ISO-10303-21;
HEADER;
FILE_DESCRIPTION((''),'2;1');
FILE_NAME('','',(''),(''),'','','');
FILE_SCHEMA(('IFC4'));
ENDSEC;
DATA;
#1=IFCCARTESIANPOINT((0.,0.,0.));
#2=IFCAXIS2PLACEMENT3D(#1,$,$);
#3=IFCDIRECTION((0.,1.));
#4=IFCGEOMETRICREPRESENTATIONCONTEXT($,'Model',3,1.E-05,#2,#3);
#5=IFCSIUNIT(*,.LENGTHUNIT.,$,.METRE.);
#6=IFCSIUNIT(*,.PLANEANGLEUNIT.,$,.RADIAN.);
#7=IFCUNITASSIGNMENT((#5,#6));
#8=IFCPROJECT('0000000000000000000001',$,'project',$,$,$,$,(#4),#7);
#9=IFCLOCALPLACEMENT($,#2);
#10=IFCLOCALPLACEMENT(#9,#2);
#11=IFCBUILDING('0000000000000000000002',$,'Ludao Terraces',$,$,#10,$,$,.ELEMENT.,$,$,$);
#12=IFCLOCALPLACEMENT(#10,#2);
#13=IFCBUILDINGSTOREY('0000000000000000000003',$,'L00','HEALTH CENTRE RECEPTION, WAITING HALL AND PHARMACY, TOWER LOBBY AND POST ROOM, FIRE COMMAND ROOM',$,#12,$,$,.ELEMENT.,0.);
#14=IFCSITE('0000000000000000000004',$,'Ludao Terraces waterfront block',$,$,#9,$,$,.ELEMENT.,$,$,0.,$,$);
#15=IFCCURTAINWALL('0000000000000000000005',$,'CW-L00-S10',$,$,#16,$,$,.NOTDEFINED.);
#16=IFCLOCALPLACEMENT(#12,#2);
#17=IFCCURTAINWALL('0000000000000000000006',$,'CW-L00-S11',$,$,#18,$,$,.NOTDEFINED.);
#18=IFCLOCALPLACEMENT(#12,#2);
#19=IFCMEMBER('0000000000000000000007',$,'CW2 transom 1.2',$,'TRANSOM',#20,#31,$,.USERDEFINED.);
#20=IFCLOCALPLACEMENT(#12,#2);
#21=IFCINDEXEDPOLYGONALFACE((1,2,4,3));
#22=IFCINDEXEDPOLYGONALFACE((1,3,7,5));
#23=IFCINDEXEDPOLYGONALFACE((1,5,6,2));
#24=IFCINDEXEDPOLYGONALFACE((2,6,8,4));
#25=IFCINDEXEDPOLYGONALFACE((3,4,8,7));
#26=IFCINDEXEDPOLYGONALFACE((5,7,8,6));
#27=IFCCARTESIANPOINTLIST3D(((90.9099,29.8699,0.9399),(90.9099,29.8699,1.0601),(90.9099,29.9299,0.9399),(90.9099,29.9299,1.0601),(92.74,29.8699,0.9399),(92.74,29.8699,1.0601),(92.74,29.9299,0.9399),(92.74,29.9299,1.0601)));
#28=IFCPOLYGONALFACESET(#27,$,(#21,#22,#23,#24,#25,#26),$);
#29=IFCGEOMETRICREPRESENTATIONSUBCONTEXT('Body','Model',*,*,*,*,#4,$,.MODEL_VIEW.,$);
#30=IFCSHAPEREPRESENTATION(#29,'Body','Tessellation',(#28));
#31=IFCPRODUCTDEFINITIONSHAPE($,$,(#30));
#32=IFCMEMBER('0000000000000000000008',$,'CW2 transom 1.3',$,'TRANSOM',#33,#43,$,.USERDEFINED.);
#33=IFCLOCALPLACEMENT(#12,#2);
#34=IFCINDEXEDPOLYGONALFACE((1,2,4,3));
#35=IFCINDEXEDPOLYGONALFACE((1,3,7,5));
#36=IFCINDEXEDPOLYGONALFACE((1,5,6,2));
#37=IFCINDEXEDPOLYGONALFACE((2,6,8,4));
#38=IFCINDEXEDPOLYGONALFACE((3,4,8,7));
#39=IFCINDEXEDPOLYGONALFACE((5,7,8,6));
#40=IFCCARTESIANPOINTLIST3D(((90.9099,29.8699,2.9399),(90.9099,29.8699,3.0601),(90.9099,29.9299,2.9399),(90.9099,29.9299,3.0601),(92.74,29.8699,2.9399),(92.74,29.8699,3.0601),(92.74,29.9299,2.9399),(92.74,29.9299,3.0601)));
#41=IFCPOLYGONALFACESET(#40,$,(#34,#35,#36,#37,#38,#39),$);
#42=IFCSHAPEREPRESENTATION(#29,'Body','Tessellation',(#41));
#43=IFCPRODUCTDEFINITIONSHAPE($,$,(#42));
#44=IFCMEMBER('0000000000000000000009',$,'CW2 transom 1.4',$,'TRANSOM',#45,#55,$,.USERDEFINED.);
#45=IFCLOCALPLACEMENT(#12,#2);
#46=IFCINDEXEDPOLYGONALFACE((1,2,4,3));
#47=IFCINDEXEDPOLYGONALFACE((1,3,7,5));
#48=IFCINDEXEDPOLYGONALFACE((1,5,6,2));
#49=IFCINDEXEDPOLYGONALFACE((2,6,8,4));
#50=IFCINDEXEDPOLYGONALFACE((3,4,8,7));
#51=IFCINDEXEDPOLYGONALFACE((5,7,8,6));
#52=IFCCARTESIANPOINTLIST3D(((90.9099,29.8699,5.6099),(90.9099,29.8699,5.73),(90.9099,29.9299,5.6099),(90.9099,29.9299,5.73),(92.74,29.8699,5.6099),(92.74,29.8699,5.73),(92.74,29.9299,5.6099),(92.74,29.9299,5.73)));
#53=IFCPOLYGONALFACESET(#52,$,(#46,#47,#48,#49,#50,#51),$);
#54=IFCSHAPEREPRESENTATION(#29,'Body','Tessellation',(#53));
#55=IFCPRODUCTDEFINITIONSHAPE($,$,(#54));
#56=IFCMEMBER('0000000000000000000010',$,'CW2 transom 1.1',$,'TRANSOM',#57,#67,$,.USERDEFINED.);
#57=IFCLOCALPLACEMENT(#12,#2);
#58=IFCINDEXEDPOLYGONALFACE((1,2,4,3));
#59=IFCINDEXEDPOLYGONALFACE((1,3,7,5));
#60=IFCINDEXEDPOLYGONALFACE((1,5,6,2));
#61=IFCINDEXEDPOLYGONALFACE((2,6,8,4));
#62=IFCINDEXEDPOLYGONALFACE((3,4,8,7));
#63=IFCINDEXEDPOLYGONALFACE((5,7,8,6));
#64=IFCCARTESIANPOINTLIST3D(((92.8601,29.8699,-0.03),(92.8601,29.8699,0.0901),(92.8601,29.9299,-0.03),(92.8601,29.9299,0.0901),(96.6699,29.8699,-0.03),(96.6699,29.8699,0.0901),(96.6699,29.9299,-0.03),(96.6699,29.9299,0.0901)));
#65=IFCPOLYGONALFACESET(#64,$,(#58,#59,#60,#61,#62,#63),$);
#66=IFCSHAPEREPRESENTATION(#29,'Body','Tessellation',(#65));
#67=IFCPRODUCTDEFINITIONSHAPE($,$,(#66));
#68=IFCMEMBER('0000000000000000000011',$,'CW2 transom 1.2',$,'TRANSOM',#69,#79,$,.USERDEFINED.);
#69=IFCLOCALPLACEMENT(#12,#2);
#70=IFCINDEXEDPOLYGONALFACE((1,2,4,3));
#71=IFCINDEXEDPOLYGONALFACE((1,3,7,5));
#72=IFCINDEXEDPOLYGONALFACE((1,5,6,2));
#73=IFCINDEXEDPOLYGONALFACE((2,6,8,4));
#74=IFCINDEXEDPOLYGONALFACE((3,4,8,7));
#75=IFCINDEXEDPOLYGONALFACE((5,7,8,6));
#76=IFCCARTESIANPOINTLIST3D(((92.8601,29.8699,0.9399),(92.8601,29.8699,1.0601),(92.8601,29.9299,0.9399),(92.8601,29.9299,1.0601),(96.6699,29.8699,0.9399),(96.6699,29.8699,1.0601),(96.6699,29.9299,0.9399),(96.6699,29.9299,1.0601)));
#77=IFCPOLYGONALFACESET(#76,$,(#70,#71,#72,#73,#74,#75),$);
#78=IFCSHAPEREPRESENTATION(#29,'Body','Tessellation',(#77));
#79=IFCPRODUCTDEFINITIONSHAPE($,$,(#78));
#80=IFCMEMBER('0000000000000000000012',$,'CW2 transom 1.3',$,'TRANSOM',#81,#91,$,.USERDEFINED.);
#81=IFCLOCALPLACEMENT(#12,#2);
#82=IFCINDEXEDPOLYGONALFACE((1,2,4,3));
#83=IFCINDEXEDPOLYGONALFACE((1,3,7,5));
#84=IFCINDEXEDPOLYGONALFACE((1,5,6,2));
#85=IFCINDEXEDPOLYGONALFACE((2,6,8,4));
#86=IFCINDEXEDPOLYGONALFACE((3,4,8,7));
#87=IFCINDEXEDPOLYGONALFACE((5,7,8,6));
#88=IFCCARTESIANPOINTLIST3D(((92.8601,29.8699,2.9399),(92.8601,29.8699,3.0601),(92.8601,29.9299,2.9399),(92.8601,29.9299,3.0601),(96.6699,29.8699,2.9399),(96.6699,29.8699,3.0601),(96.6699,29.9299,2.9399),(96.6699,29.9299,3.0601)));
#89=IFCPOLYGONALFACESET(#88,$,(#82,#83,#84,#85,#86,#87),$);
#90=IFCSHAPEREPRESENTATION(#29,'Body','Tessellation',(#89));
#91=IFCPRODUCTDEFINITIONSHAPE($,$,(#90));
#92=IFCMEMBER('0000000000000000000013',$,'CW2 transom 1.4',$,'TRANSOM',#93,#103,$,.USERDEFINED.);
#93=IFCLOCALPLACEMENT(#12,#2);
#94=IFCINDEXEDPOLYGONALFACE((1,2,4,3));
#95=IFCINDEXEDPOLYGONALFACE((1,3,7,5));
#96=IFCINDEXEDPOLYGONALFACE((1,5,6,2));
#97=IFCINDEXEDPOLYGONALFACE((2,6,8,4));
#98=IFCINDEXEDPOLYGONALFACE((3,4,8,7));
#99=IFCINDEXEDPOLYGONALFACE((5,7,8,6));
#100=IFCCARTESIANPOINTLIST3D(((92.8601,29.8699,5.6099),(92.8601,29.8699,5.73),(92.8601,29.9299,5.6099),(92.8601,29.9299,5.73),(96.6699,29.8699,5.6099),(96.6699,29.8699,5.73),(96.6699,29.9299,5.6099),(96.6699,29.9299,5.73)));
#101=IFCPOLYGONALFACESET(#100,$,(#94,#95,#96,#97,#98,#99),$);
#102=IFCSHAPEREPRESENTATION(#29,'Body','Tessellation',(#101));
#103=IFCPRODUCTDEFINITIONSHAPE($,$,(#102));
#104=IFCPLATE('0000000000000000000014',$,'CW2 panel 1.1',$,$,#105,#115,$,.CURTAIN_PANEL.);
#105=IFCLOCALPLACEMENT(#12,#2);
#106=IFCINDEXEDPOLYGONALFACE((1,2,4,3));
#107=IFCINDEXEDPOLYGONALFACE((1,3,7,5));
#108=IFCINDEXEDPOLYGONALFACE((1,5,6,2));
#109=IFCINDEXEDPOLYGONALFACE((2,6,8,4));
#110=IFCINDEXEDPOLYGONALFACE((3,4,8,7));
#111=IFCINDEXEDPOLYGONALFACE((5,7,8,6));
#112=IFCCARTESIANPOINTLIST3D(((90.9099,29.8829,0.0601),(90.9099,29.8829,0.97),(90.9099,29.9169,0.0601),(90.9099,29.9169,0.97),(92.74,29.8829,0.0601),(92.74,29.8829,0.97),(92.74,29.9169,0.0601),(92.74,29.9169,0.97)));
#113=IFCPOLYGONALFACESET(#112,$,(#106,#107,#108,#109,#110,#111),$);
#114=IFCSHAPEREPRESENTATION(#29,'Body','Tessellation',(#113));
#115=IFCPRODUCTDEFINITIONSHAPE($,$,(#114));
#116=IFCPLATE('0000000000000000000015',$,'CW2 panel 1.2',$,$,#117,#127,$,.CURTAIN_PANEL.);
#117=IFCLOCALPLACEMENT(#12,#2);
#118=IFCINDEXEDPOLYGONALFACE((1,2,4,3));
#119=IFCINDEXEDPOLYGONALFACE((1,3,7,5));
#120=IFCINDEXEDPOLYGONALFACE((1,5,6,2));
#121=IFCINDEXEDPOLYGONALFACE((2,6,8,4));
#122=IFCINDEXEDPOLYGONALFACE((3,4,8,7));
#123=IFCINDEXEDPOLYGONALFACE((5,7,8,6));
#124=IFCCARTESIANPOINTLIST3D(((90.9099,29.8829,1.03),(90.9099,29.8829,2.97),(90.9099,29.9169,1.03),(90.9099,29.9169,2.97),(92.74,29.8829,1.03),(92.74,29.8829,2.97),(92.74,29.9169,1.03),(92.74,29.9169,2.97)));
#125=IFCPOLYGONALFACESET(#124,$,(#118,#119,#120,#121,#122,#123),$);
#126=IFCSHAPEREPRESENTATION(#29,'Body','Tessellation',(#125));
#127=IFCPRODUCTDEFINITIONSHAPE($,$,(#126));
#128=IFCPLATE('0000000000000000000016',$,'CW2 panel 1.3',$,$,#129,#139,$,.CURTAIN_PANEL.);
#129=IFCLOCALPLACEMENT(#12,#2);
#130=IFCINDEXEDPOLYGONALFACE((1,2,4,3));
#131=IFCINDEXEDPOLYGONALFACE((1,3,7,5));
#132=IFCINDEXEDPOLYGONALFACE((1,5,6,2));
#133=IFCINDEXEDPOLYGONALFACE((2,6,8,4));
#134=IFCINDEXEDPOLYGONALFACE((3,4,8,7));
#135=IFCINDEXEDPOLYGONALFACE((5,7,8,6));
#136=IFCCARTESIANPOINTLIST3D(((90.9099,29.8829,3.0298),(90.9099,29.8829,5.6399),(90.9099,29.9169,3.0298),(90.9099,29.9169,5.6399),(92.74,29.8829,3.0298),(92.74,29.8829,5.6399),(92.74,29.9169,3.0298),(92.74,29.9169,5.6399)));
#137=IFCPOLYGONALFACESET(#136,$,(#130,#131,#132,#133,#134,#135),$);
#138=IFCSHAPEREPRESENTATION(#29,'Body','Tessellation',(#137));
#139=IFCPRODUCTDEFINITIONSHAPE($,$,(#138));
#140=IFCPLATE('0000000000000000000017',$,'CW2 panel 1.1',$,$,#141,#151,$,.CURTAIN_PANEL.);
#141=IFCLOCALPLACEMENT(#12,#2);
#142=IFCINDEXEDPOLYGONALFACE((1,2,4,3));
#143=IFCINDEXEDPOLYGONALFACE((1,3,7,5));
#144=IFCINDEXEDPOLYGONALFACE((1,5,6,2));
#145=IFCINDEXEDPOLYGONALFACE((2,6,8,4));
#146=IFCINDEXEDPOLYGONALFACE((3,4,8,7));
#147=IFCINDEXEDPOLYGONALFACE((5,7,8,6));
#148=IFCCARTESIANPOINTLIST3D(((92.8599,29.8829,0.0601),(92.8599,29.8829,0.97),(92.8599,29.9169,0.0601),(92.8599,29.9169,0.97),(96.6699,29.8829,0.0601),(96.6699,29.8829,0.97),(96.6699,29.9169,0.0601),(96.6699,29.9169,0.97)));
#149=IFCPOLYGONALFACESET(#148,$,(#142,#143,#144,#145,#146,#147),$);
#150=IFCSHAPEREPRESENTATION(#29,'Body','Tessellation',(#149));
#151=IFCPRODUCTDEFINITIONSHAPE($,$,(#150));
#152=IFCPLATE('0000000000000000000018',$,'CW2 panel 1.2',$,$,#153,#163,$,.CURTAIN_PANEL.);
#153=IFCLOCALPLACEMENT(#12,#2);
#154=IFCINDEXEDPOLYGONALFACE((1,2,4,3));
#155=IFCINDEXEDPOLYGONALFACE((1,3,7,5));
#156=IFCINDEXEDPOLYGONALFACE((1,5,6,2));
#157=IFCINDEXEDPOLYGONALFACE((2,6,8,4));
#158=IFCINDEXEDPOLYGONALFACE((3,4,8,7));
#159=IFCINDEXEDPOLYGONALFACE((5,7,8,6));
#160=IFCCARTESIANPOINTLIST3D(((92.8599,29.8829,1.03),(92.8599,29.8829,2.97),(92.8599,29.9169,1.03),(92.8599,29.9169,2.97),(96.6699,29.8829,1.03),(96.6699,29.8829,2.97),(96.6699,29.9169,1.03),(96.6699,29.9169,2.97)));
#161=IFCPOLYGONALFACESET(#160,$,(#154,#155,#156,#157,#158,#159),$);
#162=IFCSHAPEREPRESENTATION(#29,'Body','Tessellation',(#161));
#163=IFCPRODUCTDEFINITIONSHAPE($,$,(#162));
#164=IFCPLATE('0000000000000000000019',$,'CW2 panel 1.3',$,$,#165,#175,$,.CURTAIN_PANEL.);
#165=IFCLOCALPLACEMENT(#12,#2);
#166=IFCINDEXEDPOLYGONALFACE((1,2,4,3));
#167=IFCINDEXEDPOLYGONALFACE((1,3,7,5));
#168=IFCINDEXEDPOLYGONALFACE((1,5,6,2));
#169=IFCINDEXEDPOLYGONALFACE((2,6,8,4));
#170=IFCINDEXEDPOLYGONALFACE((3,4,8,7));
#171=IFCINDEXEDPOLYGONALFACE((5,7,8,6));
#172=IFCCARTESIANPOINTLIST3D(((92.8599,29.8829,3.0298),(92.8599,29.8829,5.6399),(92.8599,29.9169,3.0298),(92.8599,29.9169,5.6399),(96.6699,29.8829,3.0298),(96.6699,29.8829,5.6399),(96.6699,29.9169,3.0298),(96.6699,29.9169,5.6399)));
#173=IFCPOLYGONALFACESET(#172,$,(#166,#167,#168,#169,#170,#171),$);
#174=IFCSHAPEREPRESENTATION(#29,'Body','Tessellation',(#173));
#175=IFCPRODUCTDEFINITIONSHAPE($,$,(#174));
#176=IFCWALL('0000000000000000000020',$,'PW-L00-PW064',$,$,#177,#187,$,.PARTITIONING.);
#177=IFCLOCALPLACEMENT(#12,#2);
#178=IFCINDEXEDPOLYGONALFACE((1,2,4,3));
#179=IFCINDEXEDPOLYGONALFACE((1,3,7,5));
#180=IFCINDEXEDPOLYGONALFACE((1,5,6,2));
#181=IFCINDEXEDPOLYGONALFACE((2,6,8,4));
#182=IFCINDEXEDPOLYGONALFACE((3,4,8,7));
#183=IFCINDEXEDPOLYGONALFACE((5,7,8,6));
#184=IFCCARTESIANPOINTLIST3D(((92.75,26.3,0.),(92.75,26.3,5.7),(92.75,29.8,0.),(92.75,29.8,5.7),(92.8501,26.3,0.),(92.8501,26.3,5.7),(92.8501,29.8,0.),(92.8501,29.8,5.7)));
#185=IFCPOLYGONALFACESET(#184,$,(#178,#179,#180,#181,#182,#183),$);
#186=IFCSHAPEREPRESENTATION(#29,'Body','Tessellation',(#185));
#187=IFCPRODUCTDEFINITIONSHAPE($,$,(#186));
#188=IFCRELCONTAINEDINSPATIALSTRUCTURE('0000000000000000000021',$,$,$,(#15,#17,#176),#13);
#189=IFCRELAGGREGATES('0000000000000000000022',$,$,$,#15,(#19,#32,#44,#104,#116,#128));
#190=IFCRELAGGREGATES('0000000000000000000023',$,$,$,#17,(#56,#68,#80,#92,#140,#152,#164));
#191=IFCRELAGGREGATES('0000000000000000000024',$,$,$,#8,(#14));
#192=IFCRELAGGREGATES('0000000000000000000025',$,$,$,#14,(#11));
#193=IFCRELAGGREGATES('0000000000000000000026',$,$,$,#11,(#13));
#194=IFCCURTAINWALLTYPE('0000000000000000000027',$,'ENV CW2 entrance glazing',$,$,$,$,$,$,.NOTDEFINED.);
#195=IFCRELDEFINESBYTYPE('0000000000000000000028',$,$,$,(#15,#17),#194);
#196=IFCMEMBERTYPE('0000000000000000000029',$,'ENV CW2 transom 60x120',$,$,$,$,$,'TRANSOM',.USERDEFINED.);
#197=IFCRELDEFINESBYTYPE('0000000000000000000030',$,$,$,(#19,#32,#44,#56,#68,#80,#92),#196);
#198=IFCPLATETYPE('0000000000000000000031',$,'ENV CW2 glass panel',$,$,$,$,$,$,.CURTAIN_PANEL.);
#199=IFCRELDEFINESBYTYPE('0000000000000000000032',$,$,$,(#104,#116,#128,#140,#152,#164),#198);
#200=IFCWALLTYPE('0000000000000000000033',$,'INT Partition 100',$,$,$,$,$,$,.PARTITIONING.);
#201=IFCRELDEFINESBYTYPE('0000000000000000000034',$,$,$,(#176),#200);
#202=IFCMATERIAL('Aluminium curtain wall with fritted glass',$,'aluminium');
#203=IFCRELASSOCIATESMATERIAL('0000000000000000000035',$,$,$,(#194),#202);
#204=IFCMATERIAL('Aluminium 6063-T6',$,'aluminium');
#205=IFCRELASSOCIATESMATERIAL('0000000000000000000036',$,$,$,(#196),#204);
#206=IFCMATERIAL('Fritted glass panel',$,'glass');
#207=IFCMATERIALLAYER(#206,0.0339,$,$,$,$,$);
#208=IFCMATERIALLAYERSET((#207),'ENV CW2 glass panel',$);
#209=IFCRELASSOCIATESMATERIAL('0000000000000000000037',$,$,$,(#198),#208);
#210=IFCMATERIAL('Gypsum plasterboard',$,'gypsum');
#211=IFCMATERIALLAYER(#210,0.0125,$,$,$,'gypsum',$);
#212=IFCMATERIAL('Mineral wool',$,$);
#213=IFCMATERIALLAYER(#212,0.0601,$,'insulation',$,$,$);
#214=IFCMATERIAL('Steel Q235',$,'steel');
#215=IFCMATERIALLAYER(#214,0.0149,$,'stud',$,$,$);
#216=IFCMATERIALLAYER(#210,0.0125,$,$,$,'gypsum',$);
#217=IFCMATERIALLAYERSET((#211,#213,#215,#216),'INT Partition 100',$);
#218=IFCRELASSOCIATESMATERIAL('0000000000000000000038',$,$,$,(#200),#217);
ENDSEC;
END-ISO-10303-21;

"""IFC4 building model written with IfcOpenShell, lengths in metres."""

from ifc_helpers import new_model, si_unit, direction, frame, frame_2d, origin, origin_2d, place, context, subcontext, project, spatial, rectangle, extrude, material, layer, layer_set, material_profile, profile_set, type_object, element, aggregate, save


model = new_model("IFC4")

# Units and contexts
model_context = context("Model", 3, precision=1e-05, world=origin(), true_north=direction((0.0, 1.0)))
body_context = subcontext(model_context, "Body", "Model", "MODEL_VIEW")
ifc_project = project(units=[si_unit("LENGTHUNIT", "METRE"), si_unit("PLANEANGLEUNIT", "RADIAN")], contexts=[model_context])

# Site, building, storey
site_placement = place(None, origin())
site = spatial("IfcSite", under=ifc_project, at=site_placement, Name="Ludao Terraces waterfront block", CompositionType="ELEMENT", RefElevation=0.0)
building_placement = place(site_placement, origin())
building = spatial("IfcBuilding", under=site, at=building_placement, Name="Ludao Terraces", CompositionType="ELEMENT")
storey_placement = place(building_placement, origin())
storey = spatial("IfcBuildingStorey", under=building, at=storey_placement, Name="L00", Description="HEALTH CENTRE RECEPTION, WAITING HALL AND PHARMACY, TOWER LOBBY AND POST ROOM, FIRE COMMAND ROOM", CompositionType="ELEMENT", Elevation=0.0)

# Curtain wall
ifc_material_1 = material(Name="Aluminium curtain wall with fritted glass", Category="aluminium")
curtain_wall_type = type_object("IfcCurtainWallType", Name="ENV CW2 entrance glazing", PredefinedType="NOTDEFINED", material=ifc_material_1)
curtain_wall_1_placement = place(storey_placement, origin())
curtain_wall_1 = element("IfcCurtainWall", 1, at=curtain_wall_1_placement, inside=storey, type_object=curtain_wall_type, Name="CW-L00-S10", PredefinedType="NOTDEFINED")
ifc_material_2 = material(Name="Aluminium 6063-T6", Category="aluminium")

# Curtain wall
curtain_wall_2_placement = place(storey_placement, origin())
curtain_wall_2 = element("IfcCurtainWall", 2, at=curtain_wall_2_placement, inside=storey, type_object=curtain_wall_type, Name="CW-L00-S11", PredefinedType="NOTDEFINED")

# Members
ifc_material_profile_1 = material_profile(ifc_material_2, rectangle(XDim=0.0601, YDim=0.1201, at=origin_2d()), Name="60 X 120")
ifc_profile_set_1 = profile_set([ifc_material_profile_1], Name="Aluminium 6063-T6")
member_type_1 = type_object("IfcMemberType", Name="ENV CW2 transom 60x120", ElementType="TRANSOM", PredefinedType="USERDEFINED", material=ifc_profile_set_1)
member_1_placement = place(storey_placement, frame((90.9099, 29.8999, 1.0), z_axis=(1.0, 0.0, 0.0), x_axis=(0.0, 1.0, 0.0)))
member_1 = element("IfcMember", 3, at=member_1_placement, type_object=member_type_1, Name="CW2 transom 1.2", ObjectType="TRANSOM", PredefinedType="USERDEFINED", context=body_context, shape_type="SweptSolid", body=[
    extrude(rectangle(XDim=0.0601, YDim=0.1201, at=origin_2d()), origin(), (0.0, 0.0, 1.0), 1.8301),
])
member_2_placement = place(storey_placement, frame((90.9099, 29.8999, 3.0), z_axis=(1.0, 0.0, 0.0), x_axis=(0.0, 1.0, 0.0)))
member_2 = element("IfcMember", 4, at=member_2_placement, type_object=member_type_1, Name="CW2 transom 1.3", ObjectType="TRANSOM", PredefinedType="USERDEFINED", context=body_context, shape_type="SweptSolid", body=[
    extrude(rectangle(XDim=0.0601, YDim=0.1201, at=origin_2d()), origin(), (0.0, 0.0, 1.0), 1.8301),
])
member_3_placement = place(storey_placement, frame((90.9099, 29.8999, 5.6699), z_axis=(1.0, 0.0, 0.0), x_axis=(0.0, 1.0, 0.0)))
member_3 = element("IfcMember", 5, at=member_3_placement, type_object=member_type_1, Name="CW2 transom 1.4", ObjectType="TRANSOM", PredefinedType="USERDEFINED", context=body_context, shape_type="SweptSolid", body=[
    extrude(rectangle(XDim=0.0601, YDim=0.1201, at=origin_2d()), origin(), (0.0, 0.0, 1.0), 1.8301),
])
member_4_placement = place(storey_placement, frame((92.8601, 29.8999, 0.03), z_axis=(1.0, 0.0, 0.0), x_axis=(0.0, 1.0, 0.0)))
member_4 = element("IfcMember", 6, at=member_4_placement, type_object=member_type_1, Name="CW2 transom 1.1", ObjectType="TRANSOM", PredefinedType="USERDEFINED", context=body_context, shape_type="SweptSolid", body=[
    extrude(rectangle(XDim=0.0601, YDim=0.1201, at=origin_2d()), origin(), (0.0, 0.0, 1.0), 3.8098),
])
member_5_placement = place(storey_placement, frame((92.8601, 29.8999, 1.0), z_axis=(1.0, 0.0, 0.0), x_axis=(0.0, 1.0, 0.0)))
member_5 = element("IfcMember", 7, at=member_5_placement, type_object=member_type_1, Name="CW2 transom 1.2", ObjectType="TRANSOM", PredefinedType="USERDEFINED", context=body_context, shape_type="SweptSolid", body=[
    extrude(rectangle(XDim=0.0601, YDim=0.1201, at=origin_2d()), origin(), (0.0, 0.0, 1.0), 3.8098),
])
member_6_placement = place(storey_placement, frame((92.8601, 29.8999, 3.0), z_axis=(1.0, 0.0, 0.0), x_axis=(0.0, 1.0, 0.0)))
member_6 = element("IfcMember", 8, at=member_6_placement, type_object=member_type_1, Name="CW2 transom 1.3", ObjectType="TRANSOM", PredefinedType="USERDEFINED", context=body_context, shape_type="SweptSolid", body=[
    extrude(rectangle(XDim=0.0601, YDim=0.1201, at=origin_2d()), origin(), (0.0, 0.0, 1.0), 3.8098),
])
member_7_placement = place(storey_placement, frame((92.8601, 29.8999, 5.6699), z_axis=(1.0, 0.0, 0.0), x_axis=(0.0, 1.0, 0.0)))
member_7 = element("IfcMember", 9, at=member_7_placement, type_object=member_type_1, Name="CW2 transom 1.4", ObjectType="TRANSOM", PredefinedType="USERDEFINED", context=body_context, shape_type="SweptSolid", body=[
    extrude(rectangle(XDim=0.0601, YDim=0.1201, at=origin_2d()), origin(), (0.0, 0.0, 1.0), 3.8098),
])

# Plates
ifc_material_3 = material(Name="Fritted glass panel", Category="glass")
ifc_layer_1 = layer(ifc_material_3, 0.0339)
ifc_layer_set_1 = layer_set([ifc_layer_1], Name="ENV CW2 glass panel")
plate_type = type_object("IfcPlateType", Name="ENV CW2 glass panel", PredefinedType="CURTAIN_PANEL", material=ifc_layer_set_1)
plate_1_placement = place(storey_placement, frame((91.825, 29.8999, 0.0601), z_axis=(0.0, 0.0, 1.0), x_axis=(1.0, 0.0, 0.0)))
plate_1 = element("IfcPlate", 10, at=plate_1_placement, type_object=plate_type, Name="CW2 panel 1.1", PredefinedType="CURTAIN_PANEL", context=body_context, shape_type="SweptSolid", body=[
    extrude(rectangle(XDim=1.8301, YDim=0.0339, at=origin_2d()), origin(), (0.0, 0.0, 1.0), 0.9099),
])
plate_2_placement = place(storey_placement, frame((91.825, 29.8999, 1.03), z_axis=(0.0, 0.0, 1.0), x_axis=(1.0, 0.0, 0.0)))
plate_2 = element("IfcPlate", 11, at=plate_2_placement, type_object=plate_type, Name="CW2 panel 1.2", PredefinedType="CURTAIN_PANEL", context=body_context, shape_type="SweptSolid", body=[
    extrude(rectangle(XDim=1.8301, YDim=0.0339, at=origin_2d()), origin(), (0.0, 0.0, 1.0), 1.9399),
])
plate_3_placement = place(storey_placement, frame((91.825, 29.8999, 3.0298), z_axis=(0.0, 0.0, 1.0), x_axis=(1.0, 0.0, 0.0)))
plate_3 = element("IfcPlate", 12, at=plate_3_placement, type_object=plate_type, Name="CW2 panel 1.3", PredefinedType="CURTAIN_PANEL", context=body_context, shape_type="SweptSolid", body=[
    extrude(rectangle(XDim=1.8301, YDim=0.0339, at=origin_2d()), origin(), (0.0, 0.0, 1.0), 2.6101),
])
aggregate(curtain_wall_1, [member_1, member_2, member_3, plate_1, plate_2, plate_3])
plate_4_placement = place(storey_placement, frame((94.7649, 29.8999, 0.0601), z_axis=(0.0, 0.0, 1.0), x_axis=(1.0, 0.0, 0.0)))
plate_4 = element("IfcPlate", 13, at=plate_4_placement, type_object=plate_type, Name="CW2 panel 1.1", PredefinedType="CURTAIN_PANEL", context=body_context, shape_type="SweptSolid", body=[
    extrude(rectangle(XDim=3.8101, YDim=0.0339, at=origin_2d()), origin(), (0.0, 0.0, 1.0), 0.9099),
])
plate_5_placement = place(storey_placement, frame((94.7649, 29.8999, 1.03), z_axis=(0.0, 0.0, 1.0), x_axis=(1.0, 0.0, 0.0)))
plate_5 = element("IfcPlate", 14, at=plate_5_placement, type_object=plate_type, Name="CW2 panel 1.2", PredefinedType="CURTAIN_PANEL", context=body_context, shape_type="SweptSolid", body=[
    extrude(rectangle(XDim=3.8101, YDim=0.0339, at=origin_2d()), origin(), (0.0, 0.0, 1.0), 1.9399),
])
plate_6_placement = place(storey_placement, frame((94.7649, 29.8999, 3.0298), z_axis=(0.0, 0.0, 1.0), x_axis=(1.0, 0.0, 0.0)))
plate_6 = element("IfcPlate", 15, at=plate_6_placement, type_object=plate_type, Name="CW2 panel 1.3", PredefinedType="CURTAIN_PANEL", context=body_context, shape_type="SweptSolid", body=[
    extrude(rectangle(XDim=3.8101, YDim=0.0339, at=origin_2d()), origin(), (0.0, 0.0, 1.0), 2.6101),
])
aggregate(curtain_wall_2, [member_4, member_5, member_6, member_7, plate_4, plate_5, plate_6])

# Wall
ifc_material_4 = material(Name="Gypsum plasterboard", Category="gypsum")
ifc_layer_2 = layer(ifc_material_4, 0.0125, Category="gypsum")
ifc_material_5 = material(Name="Mineral wool")
ifc_layer_3 = layer(ifc_material_5, 0.0601, Name="insulation")
ifc_material_6 = material(Name="Steel Q235", Category="steel")
ifc_layer_4 = layer(ifc_material_6, 0.0149, Name="stud")
ifc_layer_5 = layer(ifc_material_4, 0.0125, Category="gypsum")
ifc_layer_set_2 = layer_set([ifc_layer_2, ifc_layer_3, ifc_layer_4, ifc_layer_5], Name="INT Partition 100")
wall_type = type_object("IfcWallType", Name="INT Partition 100", PredefinedType="PARTITIONING", material=ifc_layer_set_2)
for number, where, z_axis, x_axis, name in (
    (16, (92.8, 26.3, 0.0), (0.0, 0.0, 1.0), (0.0, 1.0, 0.0), "PW-L00-PW064"),
):
    element("IfcWall", number, at=place(storey_placement, frame(where, z_axis=z_axis, x_axis=x_axis)), inside=storey, type_object=wall_type, Name=name, PredefinedType="PARTITIONING", context=body_context, shape_type="SweptSolid", body=[
        extrude(rectangle(XDim=3.5, YDim=0.1001, at=frame_2d((1.75, 0.0))), origin(), (0.0, 0.0, 1.0), 5.7),
    ])

save(model, "model.ifc")
